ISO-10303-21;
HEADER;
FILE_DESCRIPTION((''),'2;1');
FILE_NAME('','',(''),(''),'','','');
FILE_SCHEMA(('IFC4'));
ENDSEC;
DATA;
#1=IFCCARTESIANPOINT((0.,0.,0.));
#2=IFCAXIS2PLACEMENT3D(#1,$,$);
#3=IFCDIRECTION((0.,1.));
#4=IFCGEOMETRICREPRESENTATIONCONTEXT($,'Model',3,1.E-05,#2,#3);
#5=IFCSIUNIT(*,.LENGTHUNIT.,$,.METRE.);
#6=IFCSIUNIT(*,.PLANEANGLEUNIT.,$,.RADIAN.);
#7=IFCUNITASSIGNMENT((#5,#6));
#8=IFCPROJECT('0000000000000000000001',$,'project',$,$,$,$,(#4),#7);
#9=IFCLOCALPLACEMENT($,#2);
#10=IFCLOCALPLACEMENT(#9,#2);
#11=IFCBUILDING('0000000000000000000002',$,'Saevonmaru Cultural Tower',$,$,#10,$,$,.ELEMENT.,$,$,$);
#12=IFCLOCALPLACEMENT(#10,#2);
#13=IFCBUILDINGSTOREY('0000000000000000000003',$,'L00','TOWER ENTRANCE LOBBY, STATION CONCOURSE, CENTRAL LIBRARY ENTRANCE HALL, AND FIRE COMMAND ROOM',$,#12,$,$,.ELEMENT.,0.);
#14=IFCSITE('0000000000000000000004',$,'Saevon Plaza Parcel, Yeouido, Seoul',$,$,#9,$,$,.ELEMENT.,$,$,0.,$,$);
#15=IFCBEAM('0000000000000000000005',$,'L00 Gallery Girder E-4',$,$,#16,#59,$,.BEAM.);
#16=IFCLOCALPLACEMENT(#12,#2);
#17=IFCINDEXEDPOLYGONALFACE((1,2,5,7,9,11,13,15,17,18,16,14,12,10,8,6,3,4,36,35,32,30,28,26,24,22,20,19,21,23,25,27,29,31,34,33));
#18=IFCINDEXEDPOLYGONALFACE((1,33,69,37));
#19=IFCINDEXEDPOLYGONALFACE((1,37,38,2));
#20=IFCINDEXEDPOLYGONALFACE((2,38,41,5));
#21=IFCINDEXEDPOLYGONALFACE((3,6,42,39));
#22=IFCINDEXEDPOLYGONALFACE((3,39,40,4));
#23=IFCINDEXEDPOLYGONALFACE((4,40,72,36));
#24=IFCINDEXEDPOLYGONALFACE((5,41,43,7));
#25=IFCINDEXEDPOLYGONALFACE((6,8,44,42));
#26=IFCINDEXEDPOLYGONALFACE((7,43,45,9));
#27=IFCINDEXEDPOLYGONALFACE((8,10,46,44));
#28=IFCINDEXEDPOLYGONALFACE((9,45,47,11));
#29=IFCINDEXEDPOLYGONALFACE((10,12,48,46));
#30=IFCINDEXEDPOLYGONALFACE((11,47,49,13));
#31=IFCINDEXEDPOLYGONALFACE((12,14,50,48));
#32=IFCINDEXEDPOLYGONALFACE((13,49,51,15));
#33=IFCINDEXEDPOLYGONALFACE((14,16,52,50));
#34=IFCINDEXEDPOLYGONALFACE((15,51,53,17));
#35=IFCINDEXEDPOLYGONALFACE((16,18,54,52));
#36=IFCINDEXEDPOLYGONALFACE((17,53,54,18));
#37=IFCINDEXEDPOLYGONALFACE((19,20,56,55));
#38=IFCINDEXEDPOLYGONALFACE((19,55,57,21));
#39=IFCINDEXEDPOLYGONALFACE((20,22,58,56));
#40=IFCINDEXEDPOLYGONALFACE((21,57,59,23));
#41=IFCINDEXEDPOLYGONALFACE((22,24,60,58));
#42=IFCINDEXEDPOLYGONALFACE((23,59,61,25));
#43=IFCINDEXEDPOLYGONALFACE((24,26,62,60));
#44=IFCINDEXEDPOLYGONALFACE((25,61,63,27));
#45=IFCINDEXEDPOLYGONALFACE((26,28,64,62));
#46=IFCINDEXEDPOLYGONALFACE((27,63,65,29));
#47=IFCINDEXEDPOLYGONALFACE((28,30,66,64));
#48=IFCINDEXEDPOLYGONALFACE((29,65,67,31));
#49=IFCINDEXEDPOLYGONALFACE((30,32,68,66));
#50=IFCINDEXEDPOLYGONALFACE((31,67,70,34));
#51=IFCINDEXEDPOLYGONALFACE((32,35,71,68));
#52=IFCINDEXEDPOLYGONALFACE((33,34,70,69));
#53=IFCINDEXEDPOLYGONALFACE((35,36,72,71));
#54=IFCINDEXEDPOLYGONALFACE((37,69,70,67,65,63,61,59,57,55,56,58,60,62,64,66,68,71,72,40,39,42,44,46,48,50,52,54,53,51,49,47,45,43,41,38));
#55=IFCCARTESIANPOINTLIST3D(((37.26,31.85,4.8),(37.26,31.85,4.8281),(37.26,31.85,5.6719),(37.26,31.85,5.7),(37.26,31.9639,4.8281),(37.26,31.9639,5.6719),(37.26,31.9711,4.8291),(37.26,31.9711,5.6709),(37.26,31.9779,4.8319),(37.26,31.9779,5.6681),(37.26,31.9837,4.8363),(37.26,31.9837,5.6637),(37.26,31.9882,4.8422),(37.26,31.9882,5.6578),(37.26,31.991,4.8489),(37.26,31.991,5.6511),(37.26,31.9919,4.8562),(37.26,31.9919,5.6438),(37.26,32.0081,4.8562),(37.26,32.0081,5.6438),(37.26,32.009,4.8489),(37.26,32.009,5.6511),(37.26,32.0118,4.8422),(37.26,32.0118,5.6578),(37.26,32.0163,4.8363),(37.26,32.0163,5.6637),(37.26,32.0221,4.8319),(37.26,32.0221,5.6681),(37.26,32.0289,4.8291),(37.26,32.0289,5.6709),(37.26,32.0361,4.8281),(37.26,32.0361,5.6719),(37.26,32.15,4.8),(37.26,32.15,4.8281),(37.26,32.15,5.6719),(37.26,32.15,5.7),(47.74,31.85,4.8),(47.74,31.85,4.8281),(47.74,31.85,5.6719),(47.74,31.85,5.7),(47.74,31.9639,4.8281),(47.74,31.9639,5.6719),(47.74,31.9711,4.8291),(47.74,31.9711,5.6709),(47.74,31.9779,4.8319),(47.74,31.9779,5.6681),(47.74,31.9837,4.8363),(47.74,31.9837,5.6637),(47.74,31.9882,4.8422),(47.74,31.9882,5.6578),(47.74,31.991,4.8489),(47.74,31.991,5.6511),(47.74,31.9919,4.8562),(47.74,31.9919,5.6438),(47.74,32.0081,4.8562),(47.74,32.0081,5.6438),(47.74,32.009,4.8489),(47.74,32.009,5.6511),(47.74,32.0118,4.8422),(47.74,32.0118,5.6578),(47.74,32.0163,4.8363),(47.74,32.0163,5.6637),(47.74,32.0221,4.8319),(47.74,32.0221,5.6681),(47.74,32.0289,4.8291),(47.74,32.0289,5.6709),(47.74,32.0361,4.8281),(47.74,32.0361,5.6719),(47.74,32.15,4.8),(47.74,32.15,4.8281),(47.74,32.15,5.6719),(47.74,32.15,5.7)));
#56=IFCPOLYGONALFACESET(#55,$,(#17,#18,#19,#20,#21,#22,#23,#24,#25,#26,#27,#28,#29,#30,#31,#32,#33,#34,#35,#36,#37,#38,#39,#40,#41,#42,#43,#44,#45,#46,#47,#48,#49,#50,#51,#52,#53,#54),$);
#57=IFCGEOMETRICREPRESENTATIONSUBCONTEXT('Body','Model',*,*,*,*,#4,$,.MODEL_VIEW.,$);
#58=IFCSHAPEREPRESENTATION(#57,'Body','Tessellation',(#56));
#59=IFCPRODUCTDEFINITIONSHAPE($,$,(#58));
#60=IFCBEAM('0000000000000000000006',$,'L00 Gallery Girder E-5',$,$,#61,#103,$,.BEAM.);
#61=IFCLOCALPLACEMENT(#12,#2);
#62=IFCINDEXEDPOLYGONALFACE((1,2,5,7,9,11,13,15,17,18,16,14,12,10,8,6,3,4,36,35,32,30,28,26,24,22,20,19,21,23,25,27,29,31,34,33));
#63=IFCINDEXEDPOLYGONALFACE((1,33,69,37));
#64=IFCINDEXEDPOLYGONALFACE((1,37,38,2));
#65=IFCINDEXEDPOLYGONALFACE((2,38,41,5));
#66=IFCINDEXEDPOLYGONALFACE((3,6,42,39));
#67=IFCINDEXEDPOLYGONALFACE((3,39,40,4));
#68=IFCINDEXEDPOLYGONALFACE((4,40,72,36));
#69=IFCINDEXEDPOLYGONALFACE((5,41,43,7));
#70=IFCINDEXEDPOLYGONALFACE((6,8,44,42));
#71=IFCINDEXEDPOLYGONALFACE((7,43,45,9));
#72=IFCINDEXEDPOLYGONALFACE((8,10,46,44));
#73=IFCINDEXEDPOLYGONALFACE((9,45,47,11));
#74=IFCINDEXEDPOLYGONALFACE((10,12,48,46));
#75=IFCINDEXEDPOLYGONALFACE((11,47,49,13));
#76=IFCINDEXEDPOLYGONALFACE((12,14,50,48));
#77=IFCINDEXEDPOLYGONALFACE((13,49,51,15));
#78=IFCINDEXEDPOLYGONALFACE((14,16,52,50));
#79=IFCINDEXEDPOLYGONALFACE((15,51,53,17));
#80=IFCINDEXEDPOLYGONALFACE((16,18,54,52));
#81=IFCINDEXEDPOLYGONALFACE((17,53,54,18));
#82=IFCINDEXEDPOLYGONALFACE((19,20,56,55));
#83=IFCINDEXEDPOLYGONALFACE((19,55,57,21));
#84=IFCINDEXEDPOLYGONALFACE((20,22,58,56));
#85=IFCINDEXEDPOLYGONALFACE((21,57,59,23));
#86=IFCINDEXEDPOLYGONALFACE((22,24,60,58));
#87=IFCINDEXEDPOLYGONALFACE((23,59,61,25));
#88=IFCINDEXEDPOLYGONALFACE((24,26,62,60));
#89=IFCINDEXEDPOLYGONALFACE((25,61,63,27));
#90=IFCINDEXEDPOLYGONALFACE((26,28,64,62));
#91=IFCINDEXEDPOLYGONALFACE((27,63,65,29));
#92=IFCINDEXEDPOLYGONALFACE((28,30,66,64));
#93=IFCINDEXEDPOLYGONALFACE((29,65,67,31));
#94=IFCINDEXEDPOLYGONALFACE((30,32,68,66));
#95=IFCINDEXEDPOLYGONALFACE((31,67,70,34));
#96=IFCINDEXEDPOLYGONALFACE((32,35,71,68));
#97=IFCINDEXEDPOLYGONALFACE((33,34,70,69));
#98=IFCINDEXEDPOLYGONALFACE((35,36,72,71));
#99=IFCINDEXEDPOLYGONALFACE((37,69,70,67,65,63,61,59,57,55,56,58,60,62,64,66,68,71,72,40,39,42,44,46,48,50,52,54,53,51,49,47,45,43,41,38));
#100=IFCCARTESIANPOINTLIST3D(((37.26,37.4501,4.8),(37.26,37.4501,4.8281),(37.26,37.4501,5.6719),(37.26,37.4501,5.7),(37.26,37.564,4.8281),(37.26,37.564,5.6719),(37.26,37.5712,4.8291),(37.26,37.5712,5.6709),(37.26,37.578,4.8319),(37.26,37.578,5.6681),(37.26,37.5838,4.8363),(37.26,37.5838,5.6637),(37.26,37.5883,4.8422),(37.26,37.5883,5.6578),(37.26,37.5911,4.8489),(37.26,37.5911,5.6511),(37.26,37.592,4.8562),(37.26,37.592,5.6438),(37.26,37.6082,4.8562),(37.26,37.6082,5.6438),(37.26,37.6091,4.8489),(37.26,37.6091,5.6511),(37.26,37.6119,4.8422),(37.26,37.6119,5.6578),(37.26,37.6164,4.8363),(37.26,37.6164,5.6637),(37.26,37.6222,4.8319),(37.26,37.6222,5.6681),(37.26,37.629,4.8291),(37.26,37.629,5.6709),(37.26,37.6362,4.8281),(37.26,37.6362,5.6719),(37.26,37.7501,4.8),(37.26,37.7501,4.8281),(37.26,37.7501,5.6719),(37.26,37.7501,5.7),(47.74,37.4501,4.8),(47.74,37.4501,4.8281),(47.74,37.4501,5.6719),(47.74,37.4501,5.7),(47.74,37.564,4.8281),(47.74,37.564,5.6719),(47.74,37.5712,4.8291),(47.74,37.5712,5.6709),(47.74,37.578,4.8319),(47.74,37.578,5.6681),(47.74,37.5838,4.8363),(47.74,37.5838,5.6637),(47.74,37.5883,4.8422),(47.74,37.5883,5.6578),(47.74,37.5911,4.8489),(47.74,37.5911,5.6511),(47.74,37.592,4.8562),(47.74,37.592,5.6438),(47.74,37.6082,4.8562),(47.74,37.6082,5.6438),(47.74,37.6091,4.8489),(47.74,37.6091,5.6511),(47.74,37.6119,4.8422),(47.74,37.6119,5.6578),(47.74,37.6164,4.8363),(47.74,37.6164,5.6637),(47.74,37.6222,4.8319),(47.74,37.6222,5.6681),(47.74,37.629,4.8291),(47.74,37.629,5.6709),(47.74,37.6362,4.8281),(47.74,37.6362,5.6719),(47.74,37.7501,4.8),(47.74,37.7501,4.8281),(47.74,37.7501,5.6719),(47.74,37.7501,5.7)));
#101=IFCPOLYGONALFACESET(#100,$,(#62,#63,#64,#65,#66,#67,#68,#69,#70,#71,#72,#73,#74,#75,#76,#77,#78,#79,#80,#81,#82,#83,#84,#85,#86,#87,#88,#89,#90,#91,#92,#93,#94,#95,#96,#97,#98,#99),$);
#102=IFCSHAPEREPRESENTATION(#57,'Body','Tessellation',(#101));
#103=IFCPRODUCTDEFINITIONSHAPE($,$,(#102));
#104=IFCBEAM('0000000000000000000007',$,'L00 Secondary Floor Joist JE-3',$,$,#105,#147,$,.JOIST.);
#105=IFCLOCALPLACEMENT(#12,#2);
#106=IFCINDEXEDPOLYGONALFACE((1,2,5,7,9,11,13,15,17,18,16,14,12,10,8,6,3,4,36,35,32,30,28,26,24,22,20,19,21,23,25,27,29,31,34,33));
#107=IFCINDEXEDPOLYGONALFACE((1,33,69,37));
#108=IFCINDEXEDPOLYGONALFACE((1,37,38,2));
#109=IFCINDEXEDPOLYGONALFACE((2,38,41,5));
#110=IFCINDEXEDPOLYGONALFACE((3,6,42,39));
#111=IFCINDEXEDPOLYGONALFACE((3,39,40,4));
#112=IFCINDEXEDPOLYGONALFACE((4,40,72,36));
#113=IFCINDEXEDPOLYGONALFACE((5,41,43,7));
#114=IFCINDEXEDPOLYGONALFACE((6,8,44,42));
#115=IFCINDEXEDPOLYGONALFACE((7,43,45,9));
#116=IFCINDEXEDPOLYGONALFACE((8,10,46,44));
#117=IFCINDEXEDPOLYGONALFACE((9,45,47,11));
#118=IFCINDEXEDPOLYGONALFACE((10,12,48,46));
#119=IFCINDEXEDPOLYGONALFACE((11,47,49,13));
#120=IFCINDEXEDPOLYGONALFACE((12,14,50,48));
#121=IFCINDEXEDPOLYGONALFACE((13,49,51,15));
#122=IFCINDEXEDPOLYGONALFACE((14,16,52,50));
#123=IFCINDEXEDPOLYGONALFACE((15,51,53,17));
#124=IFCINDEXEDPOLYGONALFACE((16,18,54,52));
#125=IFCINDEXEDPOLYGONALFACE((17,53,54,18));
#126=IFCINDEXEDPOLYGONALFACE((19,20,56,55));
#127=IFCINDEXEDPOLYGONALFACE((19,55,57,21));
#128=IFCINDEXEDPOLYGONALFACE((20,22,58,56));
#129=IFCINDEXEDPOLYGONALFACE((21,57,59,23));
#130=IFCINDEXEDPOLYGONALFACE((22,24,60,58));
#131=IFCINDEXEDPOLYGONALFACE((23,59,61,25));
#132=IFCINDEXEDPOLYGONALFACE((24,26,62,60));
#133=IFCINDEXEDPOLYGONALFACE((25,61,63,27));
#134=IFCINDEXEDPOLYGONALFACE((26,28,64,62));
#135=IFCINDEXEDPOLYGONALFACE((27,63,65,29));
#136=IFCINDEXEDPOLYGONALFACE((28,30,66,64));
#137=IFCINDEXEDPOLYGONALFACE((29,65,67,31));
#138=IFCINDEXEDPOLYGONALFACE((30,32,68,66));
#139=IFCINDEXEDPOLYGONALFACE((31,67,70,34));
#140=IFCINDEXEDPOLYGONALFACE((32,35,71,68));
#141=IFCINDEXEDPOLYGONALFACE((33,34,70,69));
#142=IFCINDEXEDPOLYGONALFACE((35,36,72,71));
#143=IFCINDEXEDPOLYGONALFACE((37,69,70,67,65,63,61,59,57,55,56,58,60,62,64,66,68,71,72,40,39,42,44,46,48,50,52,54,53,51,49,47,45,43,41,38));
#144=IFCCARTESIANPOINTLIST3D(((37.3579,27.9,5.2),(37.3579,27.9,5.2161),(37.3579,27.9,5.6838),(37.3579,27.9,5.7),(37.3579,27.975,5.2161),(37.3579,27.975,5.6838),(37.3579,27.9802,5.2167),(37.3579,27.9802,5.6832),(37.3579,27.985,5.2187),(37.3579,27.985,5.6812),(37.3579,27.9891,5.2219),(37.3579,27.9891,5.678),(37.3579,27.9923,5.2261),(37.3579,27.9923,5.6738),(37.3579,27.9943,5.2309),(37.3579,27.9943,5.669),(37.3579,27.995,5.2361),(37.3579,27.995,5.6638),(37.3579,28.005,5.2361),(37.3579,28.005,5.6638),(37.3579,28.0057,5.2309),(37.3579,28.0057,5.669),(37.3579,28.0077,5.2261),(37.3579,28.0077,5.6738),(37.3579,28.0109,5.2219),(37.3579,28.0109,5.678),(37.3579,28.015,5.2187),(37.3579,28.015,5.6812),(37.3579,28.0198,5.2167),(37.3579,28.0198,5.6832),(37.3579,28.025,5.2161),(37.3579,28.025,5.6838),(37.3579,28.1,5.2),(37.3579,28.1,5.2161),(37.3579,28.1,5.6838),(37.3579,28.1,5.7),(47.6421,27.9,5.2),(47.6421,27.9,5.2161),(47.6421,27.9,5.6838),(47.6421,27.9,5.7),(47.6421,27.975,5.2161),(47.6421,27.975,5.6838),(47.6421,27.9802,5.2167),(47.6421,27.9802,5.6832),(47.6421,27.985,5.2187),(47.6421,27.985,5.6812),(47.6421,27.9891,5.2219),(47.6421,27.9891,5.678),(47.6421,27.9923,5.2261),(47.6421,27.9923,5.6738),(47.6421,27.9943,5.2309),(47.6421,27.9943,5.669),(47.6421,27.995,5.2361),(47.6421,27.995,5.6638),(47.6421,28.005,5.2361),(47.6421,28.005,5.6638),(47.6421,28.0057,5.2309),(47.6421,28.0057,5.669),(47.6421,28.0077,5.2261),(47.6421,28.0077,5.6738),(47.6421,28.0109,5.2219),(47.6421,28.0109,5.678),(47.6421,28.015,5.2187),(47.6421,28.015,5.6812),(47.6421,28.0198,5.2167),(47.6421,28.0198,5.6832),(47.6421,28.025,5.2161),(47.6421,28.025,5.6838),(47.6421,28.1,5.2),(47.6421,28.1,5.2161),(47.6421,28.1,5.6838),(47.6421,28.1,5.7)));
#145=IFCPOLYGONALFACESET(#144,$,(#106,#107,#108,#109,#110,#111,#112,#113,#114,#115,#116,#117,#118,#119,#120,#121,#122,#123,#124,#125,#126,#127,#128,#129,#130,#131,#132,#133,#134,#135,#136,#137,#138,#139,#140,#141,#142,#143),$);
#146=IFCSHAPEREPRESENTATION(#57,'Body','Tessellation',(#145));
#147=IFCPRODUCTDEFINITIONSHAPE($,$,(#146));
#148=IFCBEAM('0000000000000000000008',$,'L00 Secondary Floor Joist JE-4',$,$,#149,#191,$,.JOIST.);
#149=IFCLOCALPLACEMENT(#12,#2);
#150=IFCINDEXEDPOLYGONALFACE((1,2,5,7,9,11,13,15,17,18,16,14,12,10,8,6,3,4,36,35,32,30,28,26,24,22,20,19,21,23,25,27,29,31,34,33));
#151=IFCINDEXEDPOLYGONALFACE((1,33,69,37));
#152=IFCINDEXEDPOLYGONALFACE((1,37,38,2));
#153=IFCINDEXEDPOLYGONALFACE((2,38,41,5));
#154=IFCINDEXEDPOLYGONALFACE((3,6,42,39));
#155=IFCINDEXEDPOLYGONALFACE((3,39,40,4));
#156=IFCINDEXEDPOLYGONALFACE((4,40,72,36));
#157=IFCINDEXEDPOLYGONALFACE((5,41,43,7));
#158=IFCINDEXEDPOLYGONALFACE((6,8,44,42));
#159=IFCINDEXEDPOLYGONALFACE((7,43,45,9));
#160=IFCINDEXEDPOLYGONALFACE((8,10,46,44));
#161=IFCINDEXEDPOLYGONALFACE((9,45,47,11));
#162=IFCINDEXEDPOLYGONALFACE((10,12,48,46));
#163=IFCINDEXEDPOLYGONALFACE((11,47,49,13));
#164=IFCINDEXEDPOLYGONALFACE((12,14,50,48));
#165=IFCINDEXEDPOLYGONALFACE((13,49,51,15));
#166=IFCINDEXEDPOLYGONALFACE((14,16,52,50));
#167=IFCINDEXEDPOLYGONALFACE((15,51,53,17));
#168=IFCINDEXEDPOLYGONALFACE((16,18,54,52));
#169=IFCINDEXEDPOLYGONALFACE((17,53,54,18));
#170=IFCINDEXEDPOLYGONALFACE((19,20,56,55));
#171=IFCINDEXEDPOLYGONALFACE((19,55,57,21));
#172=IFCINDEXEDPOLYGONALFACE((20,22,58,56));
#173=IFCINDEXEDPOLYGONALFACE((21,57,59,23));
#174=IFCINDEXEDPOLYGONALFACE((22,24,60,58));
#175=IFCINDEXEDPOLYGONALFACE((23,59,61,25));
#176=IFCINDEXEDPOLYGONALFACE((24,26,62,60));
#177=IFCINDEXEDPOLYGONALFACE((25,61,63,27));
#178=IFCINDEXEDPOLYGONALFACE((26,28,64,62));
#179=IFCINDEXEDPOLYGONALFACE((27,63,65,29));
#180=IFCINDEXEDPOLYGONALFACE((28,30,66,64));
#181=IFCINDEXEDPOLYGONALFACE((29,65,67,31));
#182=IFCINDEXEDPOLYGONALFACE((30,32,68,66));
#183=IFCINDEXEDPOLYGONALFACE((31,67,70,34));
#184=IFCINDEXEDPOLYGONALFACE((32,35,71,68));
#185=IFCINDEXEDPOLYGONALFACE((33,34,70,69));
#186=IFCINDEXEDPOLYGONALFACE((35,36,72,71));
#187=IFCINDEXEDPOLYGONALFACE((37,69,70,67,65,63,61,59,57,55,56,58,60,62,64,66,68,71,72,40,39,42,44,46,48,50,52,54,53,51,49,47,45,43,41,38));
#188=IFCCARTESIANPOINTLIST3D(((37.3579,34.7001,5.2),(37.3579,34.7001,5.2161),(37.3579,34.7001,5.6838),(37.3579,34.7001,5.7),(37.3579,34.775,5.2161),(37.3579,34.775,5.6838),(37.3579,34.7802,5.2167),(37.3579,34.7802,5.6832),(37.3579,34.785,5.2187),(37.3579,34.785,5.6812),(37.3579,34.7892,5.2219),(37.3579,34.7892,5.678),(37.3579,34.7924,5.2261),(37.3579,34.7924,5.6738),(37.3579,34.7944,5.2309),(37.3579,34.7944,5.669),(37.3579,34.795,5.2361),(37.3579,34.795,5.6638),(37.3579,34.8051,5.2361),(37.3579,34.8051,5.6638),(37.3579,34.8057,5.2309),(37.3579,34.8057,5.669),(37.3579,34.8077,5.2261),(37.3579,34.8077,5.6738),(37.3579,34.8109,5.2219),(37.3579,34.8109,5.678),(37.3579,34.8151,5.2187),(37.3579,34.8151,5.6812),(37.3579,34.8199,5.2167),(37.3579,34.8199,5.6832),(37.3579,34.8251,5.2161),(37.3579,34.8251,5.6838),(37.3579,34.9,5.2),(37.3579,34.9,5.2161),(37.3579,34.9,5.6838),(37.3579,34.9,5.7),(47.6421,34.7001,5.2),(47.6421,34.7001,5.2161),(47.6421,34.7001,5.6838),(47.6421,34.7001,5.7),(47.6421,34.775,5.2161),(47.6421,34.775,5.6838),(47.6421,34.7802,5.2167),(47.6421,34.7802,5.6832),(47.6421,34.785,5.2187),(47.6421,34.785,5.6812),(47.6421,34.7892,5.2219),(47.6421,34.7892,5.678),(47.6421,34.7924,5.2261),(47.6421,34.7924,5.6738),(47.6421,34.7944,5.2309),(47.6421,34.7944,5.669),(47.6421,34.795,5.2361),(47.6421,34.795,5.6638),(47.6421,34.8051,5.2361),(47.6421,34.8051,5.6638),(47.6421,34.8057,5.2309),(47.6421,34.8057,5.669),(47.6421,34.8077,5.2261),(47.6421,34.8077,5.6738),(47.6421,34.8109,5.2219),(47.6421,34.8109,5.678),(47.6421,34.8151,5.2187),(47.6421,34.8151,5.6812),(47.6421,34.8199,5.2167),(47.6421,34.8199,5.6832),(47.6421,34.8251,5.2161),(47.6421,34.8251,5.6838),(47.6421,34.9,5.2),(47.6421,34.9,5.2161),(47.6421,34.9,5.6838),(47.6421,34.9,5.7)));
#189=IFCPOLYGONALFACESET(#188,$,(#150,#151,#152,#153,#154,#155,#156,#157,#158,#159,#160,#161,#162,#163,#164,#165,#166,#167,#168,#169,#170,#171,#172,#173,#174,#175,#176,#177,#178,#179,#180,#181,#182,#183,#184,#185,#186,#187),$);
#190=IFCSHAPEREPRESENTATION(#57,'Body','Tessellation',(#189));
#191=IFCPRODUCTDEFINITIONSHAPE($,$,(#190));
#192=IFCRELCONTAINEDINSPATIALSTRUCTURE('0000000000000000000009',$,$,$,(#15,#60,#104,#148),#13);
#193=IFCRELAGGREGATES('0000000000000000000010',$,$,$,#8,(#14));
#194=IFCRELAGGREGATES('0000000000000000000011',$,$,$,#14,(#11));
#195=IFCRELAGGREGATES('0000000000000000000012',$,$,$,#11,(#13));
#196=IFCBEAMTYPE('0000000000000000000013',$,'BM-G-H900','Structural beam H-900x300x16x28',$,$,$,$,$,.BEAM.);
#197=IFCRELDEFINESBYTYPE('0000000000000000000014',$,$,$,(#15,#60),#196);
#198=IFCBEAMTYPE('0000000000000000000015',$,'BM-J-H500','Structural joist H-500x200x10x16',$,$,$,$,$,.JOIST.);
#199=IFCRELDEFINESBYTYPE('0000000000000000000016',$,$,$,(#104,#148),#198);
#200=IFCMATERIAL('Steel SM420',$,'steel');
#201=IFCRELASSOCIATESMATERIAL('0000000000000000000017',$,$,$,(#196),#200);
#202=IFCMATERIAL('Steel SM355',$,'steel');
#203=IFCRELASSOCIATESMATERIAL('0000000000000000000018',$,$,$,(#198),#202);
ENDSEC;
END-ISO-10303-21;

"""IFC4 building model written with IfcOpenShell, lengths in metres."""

from ifc_helpers import new_model, si_unit, direction, frame, origin, origin_2d, place, context, subcontext, project, spatial, i_section, extrude, material, material_profile, profile_set, type_object, element, save


model = new_model("IFC4")

# Units and contexts
model_context = context("Model", 3, precision=1e-05, world=origin(), true_north=direction((0.0, 1.0)))
body_context = subcontext(model_context, "Body", "Model", "MODEL_VIEW")
ifc_project = project(units=[si_unit("LENGTHUNIT", "METRE"), si_unit("PLANEANGLEUNIT", "RADIAN")], contexts=[model_context])

# Site, building, storey
site_placement = place(None, origin())
site = spatial("IfcSite", under=ifc_project, at=site_placement, Name="Saevon Plaza Parcel, Yeouido, Seoul", CompositionType="ELEMENT", RefElevation=0.0)
building_placement = place(site_placement, origin())
building = spatial("IfcBuilding", under=site, at=building_placement, Name="Saevonmaru Cultural Tower", CompositionType="ELEMENT")
storey_placement = place(building_placement, origin())
storey = spatial("IfcBuildingStorey", under=building, at=storey_placement, Name="L00", Description="TOWER ENTRANCE LOBBY, STATION CONCOURSE, CENTRAL LIBRARY ENTRANCE HALL, AND FIRE COMMAND ROOM", CompositionType="ELEMENT", Elevation=0.0)

# Beams
ifc_material_1 = material(Name="Steel SM420", Category="steel")
ifc_material_profile_1 = material_profile(ifc_material_1, i_section(OverallWidth=0.3, OverallDepth=0.8999, WebThickness=0.0161, FlangeThickness=0.0281, FilletRadius=0.0281, at=origin_2d()), Name="H-900x300x16x28")
ifc_profile_set_1 = profile_set([ifc_material_profile_1], Name="Steel SM420")
beam_type_1 = type_object("IfcBeamType", Name="BM-G-H900", Description="Structural beam H-900x300x16x28", PredefinedType="BEAM", material=ifc_profile_set_1)
for number, where, z_axis, x_axis, name in (
    (1, (37.26, 32.0, 5.25), (1.0, 0.0, 0.0), (0.0, 1.0, 0.0), "L00 Gallery Girder E-4"),
    (2, (37.26, 37.6001, 5.25), (1.0, 0.0, 0.0), (0.0, 1.0, 0.0), "L00 Gallery Girder E-5"),
):
    element("IfcBeam", number, at=place(storey_placement, frame(where, z_axis=z_axis, x_axis=x_axis)), inside=storey, type_object=beam_type_1, Name=name, PredefinedType="BEAM", context=body_context, shape_type="SweptSolid", body=[
        extrude(i_section(OverallWidth=0.3, OverallDepth=0.8999, WebThickness=0.0161, FlangeThickness=0.0281, FilletRadius=0.0281, at=origin_2d()), origin(), (0.0, 0.0, 1.0), 10.48),
    ])
ifc_material_2 = material(Name="Steel SM355", Category="steel")
ifc_material_profile_2 = material_profile(ifc_material_2, i_section(OverallWidth=0.2, OverallDepth=0.5, WebThickness=0.01, FlangeThickness=0.0161, FilletRadius=0.02, at=origin_2d()), Name="H-500x200x10x16")
ifc_profile_set_2 = profile_set([ifc_material_profile_2], Name="Steel SM355")
beam_type_2 = type_object("IfcBeamType", Name="BM-J-H500", Description="Structural joist H-500x200x10x16", PredefinedType="JOIST", material=ifc_profile_set_2)
for number, where, z_axis, x_axis, name in (
    (3, (37.3579, 28.0, 5.45), (1.0, 0.0, 0.0), (0.0, 1.0, 0.0), "L00 Secondary Floor Joist JE-3"),
    (4, (37.3579, 34.8, 5.45), (1.0, 0.0, 0.0), (0.0, 1.0, 0.0), "L00 Secondary Floor Joist JE-4"),
):
    element("IfcBeam", number, at=place(storey_placement, frame(where, z_axis=z_axis, x_axis=x_axis)), inside=storey, type_object=beam_type_2, Name=name, PredefinedType="JOIST", context=body_context, shape_type="SweptSolid", body=[
        extrude(i_section(OverallWidth=0.2, OverallDepth=0.5, WebThickness=0.01, FlangeThickness=0.0161, FilletRadius=0.02, at=origin_2d()), origin(), (0.0, 0.0, 1.0), 10.2842),
    ])

save(model, "model.ifc")
